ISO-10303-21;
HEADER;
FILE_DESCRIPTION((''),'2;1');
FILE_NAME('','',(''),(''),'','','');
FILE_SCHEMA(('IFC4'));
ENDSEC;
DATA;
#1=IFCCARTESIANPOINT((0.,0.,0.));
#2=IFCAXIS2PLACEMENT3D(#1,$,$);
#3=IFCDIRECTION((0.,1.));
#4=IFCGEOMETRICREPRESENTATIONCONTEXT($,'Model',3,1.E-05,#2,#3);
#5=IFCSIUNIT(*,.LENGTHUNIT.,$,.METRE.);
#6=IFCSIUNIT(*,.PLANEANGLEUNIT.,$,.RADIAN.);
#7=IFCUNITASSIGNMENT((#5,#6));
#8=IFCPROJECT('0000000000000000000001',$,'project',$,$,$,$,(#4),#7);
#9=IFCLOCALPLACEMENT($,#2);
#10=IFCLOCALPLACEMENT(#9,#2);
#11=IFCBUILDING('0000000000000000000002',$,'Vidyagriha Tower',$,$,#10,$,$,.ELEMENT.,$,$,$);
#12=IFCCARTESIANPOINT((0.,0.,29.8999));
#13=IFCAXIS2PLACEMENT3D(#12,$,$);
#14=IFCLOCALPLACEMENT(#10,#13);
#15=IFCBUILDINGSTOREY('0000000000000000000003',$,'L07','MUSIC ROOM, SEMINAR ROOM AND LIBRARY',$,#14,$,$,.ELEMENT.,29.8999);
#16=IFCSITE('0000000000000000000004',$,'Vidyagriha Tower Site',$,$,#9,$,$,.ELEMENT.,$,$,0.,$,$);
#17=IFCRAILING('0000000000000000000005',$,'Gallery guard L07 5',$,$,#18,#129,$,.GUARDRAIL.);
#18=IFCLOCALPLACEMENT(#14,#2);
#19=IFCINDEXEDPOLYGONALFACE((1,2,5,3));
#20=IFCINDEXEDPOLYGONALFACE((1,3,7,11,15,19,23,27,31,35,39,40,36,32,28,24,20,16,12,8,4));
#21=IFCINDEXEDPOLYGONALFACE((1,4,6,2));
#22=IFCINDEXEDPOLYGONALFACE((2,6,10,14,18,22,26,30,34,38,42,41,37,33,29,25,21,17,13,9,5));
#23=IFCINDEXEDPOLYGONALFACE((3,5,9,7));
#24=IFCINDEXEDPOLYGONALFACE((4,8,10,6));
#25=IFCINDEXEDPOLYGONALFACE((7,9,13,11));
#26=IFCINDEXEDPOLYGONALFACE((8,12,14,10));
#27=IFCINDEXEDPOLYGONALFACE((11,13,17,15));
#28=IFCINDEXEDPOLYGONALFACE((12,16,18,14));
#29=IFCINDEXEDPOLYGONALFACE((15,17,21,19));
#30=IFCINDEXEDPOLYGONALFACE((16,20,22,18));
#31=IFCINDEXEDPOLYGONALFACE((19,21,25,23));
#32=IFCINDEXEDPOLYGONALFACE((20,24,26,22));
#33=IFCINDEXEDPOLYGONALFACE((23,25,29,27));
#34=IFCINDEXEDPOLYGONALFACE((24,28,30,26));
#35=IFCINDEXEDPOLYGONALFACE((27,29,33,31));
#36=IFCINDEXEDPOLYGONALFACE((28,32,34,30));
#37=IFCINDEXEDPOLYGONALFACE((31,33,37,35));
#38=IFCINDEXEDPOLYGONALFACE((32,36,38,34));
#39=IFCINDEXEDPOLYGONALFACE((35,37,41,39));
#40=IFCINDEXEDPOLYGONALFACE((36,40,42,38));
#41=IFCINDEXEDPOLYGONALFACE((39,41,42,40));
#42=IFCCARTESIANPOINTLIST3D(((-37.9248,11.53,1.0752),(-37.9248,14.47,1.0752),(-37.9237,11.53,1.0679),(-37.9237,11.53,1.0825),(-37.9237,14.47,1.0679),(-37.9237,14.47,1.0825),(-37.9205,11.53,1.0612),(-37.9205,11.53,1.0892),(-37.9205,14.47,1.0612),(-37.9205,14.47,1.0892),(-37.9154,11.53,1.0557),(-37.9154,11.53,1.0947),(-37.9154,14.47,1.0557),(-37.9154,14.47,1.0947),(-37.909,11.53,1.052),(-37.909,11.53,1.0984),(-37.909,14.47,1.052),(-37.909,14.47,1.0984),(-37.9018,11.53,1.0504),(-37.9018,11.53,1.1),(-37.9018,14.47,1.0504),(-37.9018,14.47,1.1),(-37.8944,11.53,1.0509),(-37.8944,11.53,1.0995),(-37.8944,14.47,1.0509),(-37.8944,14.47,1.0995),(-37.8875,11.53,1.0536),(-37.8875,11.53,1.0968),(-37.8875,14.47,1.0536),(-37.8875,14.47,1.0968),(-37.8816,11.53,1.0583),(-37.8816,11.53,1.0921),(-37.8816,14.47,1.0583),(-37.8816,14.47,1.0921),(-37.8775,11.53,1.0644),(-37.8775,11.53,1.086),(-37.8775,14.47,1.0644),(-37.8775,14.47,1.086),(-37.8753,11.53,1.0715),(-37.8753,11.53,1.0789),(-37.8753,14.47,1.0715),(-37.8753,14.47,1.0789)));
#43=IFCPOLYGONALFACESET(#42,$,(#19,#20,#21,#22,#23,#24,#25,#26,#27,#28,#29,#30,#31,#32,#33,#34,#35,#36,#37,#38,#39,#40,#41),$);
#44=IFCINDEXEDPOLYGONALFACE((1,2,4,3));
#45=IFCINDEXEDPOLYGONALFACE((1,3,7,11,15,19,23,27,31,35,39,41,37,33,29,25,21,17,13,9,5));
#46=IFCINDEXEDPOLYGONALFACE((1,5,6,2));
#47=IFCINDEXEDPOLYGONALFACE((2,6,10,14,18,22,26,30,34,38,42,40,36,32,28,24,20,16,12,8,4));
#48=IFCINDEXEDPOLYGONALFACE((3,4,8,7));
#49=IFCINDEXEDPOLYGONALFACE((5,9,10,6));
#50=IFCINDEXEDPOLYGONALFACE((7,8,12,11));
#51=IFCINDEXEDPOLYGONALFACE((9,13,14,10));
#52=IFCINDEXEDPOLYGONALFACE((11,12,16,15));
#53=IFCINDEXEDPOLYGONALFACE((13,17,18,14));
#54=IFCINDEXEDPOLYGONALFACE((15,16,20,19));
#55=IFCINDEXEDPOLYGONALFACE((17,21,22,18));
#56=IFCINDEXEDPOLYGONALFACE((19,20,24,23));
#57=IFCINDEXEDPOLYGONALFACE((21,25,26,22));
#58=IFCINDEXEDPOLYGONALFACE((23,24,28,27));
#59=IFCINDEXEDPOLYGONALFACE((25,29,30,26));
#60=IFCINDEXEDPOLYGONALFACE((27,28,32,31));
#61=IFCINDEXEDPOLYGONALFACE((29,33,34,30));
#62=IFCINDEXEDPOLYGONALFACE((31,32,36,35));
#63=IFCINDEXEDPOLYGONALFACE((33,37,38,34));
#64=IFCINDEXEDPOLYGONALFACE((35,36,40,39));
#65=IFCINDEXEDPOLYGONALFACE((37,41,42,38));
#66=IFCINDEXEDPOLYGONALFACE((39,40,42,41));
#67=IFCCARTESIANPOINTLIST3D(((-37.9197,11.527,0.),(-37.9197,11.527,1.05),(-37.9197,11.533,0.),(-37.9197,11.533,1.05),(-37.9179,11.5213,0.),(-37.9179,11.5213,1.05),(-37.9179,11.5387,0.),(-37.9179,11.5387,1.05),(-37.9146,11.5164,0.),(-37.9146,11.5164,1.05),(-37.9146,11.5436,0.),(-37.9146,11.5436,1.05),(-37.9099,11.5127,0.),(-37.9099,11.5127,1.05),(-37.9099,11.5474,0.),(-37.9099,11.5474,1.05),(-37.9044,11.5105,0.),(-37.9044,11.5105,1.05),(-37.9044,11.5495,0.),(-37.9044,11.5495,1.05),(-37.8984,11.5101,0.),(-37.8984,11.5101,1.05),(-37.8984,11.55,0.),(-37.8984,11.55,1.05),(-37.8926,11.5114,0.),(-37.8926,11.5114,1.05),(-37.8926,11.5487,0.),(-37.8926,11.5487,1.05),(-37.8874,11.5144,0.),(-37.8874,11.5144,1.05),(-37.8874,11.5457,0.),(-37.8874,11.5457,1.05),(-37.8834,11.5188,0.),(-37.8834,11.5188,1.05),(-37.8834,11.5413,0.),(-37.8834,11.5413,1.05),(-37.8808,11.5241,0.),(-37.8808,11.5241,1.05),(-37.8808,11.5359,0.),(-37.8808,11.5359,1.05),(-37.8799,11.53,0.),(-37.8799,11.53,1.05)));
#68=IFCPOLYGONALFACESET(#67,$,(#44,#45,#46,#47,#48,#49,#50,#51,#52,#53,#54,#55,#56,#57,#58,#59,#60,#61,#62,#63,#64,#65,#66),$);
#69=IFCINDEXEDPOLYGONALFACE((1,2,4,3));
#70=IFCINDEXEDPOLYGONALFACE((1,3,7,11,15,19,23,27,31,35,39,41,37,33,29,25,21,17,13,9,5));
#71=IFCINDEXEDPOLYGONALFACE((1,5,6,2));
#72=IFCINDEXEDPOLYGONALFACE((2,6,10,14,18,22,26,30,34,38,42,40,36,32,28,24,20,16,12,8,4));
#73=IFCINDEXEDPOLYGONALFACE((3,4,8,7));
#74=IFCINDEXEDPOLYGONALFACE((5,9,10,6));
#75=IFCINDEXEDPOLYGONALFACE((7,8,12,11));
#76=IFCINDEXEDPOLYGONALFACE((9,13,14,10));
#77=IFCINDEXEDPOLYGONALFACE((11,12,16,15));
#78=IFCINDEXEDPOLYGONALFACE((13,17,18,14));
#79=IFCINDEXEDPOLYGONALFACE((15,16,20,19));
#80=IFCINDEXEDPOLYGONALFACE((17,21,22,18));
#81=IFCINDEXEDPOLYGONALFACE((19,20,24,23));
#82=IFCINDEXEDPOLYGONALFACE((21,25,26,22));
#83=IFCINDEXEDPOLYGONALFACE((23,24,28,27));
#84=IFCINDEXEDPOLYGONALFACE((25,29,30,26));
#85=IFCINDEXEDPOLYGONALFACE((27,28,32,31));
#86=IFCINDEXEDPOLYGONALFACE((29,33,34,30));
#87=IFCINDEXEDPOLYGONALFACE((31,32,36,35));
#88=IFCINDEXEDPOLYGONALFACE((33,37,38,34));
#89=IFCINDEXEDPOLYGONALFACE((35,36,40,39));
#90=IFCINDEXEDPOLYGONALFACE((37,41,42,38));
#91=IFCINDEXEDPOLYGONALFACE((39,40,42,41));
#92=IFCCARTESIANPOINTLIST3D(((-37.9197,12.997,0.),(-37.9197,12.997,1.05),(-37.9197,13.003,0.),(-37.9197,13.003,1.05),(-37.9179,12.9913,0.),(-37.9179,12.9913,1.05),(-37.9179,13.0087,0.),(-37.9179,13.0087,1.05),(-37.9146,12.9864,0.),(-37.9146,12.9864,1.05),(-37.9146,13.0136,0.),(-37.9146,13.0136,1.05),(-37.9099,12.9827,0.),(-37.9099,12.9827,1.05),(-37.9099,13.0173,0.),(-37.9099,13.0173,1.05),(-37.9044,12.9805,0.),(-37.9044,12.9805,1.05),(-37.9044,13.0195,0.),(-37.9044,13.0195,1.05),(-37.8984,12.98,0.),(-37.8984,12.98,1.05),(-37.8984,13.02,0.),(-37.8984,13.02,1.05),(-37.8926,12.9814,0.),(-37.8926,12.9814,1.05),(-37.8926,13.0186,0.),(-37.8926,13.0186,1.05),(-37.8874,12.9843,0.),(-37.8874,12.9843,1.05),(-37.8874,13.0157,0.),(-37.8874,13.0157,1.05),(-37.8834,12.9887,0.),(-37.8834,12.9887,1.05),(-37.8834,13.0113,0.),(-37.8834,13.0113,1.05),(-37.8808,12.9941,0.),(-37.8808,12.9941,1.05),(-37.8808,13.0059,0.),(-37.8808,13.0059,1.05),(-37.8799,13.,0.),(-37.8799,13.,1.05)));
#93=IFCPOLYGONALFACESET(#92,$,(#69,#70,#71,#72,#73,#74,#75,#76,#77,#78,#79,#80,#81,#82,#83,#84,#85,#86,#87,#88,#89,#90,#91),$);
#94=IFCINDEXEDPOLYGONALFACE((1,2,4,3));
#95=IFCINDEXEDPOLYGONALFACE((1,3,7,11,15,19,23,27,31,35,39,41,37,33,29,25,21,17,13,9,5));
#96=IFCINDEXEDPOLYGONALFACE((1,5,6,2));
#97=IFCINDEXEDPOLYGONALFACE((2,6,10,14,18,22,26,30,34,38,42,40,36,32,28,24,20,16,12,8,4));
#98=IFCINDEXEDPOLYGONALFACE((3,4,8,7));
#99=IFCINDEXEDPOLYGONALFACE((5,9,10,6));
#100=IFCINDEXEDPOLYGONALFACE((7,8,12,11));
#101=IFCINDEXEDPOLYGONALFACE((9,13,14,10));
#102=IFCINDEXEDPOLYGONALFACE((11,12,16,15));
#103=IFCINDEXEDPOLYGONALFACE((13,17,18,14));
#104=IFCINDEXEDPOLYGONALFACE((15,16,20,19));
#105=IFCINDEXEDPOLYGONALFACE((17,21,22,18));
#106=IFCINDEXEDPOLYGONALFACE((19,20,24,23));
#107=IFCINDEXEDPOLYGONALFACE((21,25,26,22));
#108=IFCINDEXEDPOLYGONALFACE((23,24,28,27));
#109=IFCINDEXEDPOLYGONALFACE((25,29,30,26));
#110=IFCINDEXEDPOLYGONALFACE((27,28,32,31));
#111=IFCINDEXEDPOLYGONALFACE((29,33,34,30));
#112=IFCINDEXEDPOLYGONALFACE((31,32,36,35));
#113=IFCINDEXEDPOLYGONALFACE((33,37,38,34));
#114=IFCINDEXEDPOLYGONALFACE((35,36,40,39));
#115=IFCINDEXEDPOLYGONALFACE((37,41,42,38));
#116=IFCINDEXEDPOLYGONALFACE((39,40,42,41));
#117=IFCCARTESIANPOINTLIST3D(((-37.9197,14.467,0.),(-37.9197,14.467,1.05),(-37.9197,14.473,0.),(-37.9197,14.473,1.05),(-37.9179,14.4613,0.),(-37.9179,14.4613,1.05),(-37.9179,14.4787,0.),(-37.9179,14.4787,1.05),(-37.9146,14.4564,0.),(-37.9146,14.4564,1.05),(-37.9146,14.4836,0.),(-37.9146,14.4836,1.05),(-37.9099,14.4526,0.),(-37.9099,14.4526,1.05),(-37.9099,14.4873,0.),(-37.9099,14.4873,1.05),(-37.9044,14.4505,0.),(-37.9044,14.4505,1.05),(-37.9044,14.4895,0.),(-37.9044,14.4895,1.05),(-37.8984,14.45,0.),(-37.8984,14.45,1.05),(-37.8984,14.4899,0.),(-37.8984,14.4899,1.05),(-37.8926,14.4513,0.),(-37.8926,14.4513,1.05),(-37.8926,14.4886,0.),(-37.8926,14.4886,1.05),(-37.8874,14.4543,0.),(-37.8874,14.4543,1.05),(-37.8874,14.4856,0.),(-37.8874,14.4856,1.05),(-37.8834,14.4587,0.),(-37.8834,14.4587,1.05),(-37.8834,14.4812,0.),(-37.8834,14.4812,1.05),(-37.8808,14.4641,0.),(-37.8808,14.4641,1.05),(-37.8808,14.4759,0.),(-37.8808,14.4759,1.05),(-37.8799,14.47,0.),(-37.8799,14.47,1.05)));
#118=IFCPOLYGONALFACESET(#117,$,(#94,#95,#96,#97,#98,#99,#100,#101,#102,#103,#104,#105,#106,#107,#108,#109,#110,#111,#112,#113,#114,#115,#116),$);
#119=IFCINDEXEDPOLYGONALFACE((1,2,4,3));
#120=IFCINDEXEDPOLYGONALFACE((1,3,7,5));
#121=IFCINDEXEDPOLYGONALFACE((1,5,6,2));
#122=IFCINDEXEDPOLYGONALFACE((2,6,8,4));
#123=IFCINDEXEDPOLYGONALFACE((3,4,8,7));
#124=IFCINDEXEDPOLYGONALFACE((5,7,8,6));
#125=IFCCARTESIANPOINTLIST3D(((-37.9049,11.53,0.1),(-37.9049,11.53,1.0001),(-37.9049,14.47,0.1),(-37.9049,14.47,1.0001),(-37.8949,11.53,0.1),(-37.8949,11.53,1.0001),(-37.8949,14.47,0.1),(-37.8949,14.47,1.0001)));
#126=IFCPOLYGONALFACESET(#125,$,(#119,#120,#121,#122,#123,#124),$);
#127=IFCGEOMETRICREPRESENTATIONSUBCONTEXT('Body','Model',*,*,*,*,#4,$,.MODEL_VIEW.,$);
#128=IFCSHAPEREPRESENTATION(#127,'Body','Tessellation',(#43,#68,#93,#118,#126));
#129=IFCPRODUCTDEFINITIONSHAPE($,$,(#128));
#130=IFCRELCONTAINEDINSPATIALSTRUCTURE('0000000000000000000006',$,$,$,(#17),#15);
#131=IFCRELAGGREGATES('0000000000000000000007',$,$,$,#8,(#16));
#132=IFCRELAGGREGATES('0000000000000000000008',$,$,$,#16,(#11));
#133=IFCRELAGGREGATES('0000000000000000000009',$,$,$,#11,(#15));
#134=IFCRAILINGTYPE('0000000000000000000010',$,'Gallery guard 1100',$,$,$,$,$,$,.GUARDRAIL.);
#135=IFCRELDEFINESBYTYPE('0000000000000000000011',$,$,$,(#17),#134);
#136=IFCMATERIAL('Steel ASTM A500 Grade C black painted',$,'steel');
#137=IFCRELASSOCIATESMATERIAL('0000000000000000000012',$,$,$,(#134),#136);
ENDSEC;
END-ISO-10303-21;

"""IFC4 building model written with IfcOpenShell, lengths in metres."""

from ifc_helpers import new_model, si_unit, direction, frame, origin, origin_2d, place, context, subcontext, project, spatial, rectangle, circle, extrude, material, type_object, element, save


model = new_model("IFC4")

# Units and contexts
model_context = context("Model", 3, precision=1e-05, world=origin(), true_north=direction((0.0, 1.0)))
body_context = subcontext(model_context, "Body", "Model", "MODEL_VIEW")
ifc_project = project(units=[si_unit("LENGTHUNIT", "METRE"), si_unit("PLANEANGLEUNIT", "RADIAN")], contexts=[model_context])

# Site, building, storey
site_placement = place(None, origin())
site = spatial("IfcSite", under=ifc_project, at=site_placement, Name="Vidyagriha Tower Site", CompositionType="ELEMENT", RefElevation=0.0)
building_placement = place(site_placement, origin())
building = spatial("IfcBuilding", under=site, at=building_placement, Name="Vidyagriha Tower", CompositionType="ELEMENT")
storey_placement = place(building_placement, frame((0.0, 0.0, 29.8999)))
storey = spatial("IfcBuildingStorey", under=building, at=storey_placement, Name="L07", Description="MUSIC ROOM, SEMINAR ROOM AND LIBRARY", CompositionType="ELEMENT", Elevation=29.8999)

# Railing
ifc_material_1 = material(Name="Steel ASTM A500 Grade C black painted", Category="steel")
railing_type = type_object("IfcRailingType", Name="Gallery guard 1100", PredefinedType="GUARDRAIL", material=ifc_material_1)
railing_1_placement = place(storey_placement, frame((-37.8999, 11.53, 0.0)))
element("IfcRailing", 1, at=railing_1_placement, inside=storey, type_object=railing_type, Name="Gallery guard L07 5", PredefinedType="GUARDRAIL", context=body_context, shape_type="SweptSolid", body=[
    extrude(circle(Radius=0.0249, at=origin_2d()), frame((0.0, 0.0, 1.0752), z_axis=(0.0, 1.0, 0.0), x_axis=(-1.0, 0.0, 0.0)), (0.0, 0.0, 1.0), 2.9399),
    extrude(circle(Radius=0.02, at=origin_2d()), origin(), (0.0, 0.0, 1.0), 1.05),
    extrude(circle(Radius=0.02, at=origin_2d()), frame((0.0, 1.47, 0.0)), (0.0, 0.0, 1.0), 1.05),
    extrude(circle(Radius=0.02, at=origin_2d()), frame((0.0, 2.9399, 0.0)), (0.0, 0.0, 1.0), 1.05),
    extrude(rectangle(XDim=0.01, YDim=0.9001, at=origin_2d()), frame((0.0, 0.0, 0.55), z_axis=(0.0, 1.0, 0.0), x_axis=(-1.0, 0.0, 0.0)), (0.0, 0.0, 1.0), 2.9399),
])

save(model, "model.ifc")
